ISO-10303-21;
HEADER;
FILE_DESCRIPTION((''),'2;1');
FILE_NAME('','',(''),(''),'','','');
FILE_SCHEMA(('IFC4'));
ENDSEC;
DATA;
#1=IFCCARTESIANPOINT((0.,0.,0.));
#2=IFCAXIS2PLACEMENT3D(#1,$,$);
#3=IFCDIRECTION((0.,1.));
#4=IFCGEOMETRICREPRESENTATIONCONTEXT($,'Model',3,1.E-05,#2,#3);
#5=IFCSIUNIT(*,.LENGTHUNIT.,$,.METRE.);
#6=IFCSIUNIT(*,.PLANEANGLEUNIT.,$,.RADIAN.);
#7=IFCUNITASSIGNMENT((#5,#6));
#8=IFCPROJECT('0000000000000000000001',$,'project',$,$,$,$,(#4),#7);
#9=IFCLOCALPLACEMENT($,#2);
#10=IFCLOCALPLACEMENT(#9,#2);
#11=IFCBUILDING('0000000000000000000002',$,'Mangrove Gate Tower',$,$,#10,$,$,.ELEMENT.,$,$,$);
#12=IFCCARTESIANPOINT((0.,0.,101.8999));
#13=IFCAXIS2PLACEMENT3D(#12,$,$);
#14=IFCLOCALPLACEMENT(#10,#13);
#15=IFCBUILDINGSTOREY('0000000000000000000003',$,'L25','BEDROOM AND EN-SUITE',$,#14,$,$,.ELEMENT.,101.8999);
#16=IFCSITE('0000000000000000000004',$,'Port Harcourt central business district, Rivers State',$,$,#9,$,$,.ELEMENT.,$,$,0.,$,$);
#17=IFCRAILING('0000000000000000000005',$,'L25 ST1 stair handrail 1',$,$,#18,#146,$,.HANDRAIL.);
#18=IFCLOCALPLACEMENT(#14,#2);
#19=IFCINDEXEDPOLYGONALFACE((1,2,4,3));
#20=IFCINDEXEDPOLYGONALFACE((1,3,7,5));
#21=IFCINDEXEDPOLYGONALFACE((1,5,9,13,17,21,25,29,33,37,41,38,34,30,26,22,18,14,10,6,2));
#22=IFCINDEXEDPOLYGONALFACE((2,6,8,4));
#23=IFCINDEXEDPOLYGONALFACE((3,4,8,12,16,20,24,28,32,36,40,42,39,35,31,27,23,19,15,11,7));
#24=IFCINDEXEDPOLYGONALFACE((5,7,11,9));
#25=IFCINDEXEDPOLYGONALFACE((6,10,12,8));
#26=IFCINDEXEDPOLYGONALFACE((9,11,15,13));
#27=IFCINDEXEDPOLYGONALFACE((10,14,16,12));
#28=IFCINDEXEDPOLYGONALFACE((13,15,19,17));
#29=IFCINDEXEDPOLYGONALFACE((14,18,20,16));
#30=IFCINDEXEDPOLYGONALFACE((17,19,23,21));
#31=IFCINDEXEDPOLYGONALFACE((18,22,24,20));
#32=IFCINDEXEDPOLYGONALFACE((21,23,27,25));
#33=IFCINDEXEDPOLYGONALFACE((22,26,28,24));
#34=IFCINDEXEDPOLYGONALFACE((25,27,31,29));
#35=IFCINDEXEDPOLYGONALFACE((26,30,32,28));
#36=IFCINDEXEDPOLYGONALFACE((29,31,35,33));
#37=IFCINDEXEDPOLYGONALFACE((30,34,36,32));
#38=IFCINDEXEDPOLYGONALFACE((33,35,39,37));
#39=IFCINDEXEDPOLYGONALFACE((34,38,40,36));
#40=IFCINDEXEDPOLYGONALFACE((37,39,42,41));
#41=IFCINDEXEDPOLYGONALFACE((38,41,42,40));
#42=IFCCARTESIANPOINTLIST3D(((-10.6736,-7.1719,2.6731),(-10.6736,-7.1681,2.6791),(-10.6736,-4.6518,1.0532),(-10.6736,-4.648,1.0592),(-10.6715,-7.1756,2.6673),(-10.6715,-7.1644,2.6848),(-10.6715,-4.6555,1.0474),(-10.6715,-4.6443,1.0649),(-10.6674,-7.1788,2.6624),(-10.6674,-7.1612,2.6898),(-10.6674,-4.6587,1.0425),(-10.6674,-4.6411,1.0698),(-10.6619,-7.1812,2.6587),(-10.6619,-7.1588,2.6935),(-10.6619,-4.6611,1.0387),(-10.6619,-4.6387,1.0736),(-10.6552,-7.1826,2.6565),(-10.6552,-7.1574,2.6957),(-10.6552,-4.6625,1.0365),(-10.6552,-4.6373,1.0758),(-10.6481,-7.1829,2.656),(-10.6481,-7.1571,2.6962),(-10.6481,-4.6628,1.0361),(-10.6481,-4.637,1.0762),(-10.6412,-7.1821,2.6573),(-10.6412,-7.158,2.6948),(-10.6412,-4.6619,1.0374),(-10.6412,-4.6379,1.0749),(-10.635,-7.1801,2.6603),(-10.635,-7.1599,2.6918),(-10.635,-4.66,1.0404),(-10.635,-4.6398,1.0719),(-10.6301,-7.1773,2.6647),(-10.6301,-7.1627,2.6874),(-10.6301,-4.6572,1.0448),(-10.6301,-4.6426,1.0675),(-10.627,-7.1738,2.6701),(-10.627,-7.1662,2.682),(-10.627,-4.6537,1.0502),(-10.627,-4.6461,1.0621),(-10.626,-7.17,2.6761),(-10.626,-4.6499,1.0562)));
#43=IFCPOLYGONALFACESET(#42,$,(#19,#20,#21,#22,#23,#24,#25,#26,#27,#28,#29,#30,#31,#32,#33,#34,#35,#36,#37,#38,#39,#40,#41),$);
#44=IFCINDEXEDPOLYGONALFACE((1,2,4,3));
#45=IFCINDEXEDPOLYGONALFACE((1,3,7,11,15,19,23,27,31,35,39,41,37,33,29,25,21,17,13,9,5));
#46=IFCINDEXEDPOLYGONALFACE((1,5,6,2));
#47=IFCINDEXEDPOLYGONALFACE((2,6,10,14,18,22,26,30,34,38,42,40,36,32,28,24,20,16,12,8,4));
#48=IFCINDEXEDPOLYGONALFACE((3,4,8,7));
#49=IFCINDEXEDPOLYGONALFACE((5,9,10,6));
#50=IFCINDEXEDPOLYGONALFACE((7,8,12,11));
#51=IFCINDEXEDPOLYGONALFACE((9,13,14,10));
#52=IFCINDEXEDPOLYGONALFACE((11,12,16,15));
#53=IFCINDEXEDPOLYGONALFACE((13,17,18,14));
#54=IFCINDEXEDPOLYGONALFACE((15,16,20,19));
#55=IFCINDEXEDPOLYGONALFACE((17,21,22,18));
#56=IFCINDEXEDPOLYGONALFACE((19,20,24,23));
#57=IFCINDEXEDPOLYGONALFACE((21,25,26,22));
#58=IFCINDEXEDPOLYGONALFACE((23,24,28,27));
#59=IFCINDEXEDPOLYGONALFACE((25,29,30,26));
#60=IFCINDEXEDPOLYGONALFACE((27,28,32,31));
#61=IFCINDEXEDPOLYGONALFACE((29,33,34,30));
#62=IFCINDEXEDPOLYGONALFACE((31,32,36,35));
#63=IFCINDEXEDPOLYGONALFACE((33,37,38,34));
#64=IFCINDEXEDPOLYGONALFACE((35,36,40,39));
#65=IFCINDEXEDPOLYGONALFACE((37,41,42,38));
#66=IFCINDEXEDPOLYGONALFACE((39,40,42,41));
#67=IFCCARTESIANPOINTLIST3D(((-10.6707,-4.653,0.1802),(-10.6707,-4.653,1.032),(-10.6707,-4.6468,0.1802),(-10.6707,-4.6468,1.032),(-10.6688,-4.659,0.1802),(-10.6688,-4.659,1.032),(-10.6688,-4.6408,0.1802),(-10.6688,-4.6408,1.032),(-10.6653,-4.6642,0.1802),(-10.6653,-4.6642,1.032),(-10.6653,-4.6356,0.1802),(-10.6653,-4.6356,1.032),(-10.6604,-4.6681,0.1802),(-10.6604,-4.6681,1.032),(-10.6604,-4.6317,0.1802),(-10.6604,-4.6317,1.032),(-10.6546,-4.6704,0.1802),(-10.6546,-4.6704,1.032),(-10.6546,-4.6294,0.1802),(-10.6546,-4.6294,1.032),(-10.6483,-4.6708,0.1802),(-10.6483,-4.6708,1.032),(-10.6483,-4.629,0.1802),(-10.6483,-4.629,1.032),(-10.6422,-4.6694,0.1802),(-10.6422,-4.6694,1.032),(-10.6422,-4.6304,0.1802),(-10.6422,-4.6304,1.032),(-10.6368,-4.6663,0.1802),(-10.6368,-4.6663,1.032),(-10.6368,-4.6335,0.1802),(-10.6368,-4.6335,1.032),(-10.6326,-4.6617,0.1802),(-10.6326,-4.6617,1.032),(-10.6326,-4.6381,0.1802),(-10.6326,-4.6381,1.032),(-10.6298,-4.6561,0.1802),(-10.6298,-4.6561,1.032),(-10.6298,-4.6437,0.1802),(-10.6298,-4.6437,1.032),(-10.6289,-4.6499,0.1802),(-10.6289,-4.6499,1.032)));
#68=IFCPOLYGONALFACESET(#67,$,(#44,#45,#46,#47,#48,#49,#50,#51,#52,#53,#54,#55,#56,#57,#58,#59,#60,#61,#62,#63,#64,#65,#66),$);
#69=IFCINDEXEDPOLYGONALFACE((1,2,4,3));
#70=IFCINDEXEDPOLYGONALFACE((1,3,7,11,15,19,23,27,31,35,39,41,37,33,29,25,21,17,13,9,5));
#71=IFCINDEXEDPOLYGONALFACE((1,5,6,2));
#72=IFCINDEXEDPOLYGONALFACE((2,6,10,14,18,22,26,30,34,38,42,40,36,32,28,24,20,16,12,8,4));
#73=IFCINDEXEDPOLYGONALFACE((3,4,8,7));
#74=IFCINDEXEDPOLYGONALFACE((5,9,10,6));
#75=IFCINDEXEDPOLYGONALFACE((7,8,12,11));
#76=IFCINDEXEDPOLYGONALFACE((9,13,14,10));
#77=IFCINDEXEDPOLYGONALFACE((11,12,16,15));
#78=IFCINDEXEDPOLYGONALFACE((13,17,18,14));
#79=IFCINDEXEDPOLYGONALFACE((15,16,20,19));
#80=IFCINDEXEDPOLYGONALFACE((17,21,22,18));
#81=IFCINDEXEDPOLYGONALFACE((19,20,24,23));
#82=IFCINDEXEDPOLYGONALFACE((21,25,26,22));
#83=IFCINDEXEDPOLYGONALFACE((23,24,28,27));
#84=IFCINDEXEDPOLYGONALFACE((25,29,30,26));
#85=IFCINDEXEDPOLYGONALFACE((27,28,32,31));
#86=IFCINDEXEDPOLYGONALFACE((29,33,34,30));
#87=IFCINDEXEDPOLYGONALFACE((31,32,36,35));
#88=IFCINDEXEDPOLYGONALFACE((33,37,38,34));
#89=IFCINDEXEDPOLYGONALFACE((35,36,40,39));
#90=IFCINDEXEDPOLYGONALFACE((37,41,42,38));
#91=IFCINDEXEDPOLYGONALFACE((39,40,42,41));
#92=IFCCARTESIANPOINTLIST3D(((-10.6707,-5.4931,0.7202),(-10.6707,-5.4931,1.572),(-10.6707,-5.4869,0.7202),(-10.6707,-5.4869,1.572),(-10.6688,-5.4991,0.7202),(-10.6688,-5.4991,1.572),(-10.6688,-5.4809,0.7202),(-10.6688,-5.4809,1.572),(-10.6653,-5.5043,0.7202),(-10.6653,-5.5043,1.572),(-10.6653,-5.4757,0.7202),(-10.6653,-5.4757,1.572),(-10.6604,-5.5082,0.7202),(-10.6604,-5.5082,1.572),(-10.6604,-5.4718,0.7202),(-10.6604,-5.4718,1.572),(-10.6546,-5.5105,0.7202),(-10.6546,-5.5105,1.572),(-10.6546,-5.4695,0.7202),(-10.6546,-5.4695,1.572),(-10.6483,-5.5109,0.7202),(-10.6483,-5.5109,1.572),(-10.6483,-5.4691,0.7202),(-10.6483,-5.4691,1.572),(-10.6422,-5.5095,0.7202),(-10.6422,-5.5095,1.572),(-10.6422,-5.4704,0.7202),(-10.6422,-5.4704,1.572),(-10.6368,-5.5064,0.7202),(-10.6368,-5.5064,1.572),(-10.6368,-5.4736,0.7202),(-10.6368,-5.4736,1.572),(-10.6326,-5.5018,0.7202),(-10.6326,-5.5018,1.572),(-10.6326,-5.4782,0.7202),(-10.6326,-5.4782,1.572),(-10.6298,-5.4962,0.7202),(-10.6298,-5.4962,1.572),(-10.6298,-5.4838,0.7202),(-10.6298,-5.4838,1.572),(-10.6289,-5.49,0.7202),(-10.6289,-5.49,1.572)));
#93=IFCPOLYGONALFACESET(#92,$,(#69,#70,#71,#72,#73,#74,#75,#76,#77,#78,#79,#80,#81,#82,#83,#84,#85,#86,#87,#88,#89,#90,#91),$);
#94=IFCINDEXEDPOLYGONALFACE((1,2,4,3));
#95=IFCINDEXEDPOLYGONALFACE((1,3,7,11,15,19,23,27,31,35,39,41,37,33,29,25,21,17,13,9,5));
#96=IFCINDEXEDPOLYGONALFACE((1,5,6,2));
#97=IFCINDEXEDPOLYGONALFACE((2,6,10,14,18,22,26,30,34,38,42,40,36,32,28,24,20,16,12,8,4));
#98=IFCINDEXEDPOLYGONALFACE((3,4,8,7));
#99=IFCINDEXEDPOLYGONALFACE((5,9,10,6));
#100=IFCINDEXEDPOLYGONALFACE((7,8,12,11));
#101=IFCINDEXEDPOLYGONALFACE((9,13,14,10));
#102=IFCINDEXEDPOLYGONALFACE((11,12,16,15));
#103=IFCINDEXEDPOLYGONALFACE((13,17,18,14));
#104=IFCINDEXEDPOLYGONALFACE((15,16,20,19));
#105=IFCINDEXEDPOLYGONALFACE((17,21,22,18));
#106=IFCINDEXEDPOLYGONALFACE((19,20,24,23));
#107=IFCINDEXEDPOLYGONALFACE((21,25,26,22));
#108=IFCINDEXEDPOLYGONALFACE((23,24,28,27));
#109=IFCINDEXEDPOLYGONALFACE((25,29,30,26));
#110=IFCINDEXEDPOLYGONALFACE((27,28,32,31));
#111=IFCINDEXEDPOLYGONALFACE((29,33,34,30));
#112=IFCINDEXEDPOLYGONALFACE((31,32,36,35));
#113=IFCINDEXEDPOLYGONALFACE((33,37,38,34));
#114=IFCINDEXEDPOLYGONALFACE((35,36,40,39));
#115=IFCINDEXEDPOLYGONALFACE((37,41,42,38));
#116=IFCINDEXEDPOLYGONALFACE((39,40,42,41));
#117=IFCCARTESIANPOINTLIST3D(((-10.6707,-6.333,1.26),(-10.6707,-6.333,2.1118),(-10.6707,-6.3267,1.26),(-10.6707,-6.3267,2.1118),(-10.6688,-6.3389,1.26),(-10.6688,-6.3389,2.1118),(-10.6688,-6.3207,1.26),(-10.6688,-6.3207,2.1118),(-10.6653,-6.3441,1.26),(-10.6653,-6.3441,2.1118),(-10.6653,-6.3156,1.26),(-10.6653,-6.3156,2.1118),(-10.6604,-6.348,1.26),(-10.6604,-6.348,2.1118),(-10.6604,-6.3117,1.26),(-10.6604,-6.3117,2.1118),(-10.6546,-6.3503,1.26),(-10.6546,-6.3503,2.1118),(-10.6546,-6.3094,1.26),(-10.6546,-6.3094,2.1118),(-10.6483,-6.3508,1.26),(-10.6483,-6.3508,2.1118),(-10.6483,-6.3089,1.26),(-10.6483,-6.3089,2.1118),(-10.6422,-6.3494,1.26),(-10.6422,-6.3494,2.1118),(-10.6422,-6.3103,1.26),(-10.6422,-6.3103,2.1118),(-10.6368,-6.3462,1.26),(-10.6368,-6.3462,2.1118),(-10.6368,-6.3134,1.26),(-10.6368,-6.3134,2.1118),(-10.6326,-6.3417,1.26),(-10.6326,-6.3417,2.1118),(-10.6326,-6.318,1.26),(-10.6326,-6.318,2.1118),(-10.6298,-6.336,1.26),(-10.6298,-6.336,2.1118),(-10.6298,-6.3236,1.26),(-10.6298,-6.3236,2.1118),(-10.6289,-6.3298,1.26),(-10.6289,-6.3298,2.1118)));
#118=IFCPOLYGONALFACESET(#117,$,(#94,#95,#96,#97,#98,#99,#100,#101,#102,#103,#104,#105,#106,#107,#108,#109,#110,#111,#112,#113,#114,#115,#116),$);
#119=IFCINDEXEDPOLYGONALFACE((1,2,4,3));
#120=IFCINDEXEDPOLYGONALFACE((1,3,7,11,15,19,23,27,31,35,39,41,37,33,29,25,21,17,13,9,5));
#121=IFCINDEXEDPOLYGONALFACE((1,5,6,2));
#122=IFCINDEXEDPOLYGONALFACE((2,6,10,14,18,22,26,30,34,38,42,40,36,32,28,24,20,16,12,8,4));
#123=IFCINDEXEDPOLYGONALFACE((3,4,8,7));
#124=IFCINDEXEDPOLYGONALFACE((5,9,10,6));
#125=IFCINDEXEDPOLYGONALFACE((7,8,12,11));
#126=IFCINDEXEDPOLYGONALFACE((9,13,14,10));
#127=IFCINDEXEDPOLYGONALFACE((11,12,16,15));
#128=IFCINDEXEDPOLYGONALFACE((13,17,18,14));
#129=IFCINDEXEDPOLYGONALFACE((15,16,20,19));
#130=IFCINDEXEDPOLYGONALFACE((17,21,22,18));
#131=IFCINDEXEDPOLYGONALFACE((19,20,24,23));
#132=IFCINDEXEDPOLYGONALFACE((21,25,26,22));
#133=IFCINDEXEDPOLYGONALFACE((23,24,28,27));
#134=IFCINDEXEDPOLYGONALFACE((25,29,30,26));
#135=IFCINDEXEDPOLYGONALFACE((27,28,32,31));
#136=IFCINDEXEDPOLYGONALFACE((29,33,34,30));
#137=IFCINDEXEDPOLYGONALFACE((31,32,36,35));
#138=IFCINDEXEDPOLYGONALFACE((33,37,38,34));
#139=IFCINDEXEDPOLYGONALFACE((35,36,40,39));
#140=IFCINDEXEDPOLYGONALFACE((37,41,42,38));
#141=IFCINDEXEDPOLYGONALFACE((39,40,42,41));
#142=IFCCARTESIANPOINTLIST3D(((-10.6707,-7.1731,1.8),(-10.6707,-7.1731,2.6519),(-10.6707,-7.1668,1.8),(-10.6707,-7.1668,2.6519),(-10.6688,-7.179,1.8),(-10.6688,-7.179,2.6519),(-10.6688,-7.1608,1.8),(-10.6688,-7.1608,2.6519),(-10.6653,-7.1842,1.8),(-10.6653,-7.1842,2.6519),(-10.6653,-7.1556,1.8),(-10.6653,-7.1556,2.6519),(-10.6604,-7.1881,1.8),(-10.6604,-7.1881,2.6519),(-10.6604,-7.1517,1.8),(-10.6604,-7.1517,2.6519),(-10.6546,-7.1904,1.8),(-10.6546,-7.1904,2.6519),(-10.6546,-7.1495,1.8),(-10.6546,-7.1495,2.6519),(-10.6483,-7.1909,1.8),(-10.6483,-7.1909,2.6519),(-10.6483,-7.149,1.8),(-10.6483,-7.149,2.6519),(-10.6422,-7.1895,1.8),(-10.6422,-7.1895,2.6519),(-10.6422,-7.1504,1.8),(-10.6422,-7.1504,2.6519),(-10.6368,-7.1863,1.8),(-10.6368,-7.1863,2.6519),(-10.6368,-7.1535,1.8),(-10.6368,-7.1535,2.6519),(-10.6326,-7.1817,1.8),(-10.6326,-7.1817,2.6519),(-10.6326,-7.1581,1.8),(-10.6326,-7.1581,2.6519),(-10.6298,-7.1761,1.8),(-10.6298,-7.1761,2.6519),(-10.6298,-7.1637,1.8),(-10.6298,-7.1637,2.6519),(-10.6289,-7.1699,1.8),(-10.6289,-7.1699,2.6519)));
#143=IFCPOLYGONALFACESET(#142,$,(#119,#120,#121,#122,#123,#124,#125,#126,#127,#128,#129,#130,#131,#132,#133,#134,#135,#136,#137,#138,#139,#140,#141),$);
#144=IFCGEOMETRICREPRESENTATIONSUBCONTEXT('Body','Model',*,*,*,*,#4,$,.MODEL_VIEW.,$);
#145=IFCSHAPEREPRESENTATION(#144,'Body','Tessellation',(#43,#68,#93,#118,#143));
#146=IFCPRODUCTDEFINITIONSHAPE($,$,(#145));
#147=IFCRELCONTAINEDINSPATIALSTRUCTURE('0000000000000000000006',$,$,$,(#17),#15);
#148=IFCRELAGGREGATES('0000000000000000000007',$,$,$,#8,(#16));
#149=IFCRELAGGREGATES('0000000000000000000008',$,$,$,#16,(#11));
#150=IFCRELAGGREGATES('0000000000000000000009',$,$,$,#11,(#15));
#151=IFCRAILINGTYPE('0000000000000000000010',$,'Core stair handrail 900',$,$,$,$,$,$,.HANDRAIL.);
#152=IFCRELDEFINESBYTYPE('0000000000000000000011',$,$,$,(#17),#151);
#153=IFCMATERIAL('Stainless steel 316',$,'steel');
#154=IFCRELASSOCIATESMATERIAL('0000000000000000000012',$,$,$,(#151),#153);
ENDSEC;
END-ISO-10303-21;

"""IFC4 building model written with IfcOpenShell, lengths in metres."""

from ifc_helpers import new_model, si_unit, direction, frame, origin, origin_2d, place, context, subcontext, project, spatial, circle, extrude, material, type_object, element, save


model = new_model("IFC4")

# Units and contexts
model_context = context("Model", 3, precision=1e-05, world=origin(), true_north=direction((0.0, 1.0)))
body_context = subcontext(model_context, "Body", "Model", "MODEL_VIEW")
ifc_project = project(units=[si_unit("LENGTHUNIT", "METRE"), si_unit("PLANEANGLEUNIT", "RADIAN")], contexts=[model_context])

# Site, building, storey
site_placement = place(None, origin())
site = spatial("IfcSite", under=ifc_project, at=site_placement, Name="Port Harcourt central business district, Rivers State", CompositionType="ELEMENT", RefElevation=0.0)
building_placement = place(site_placement, origin())
building = spatial("IfcBuilding", under=site, at=building_placement, Name="Mangrove Gate Tower", CompositionType="ELEMENT")
storey_placement = place(building_placement, frame((0.0, 0.0, 101.8999)))
storey = spatial("IfcBuildingStorey", under=building, at=storey_placement, Name="L25", Description="BEDROOM AND EN-SUITE", CompositionType="ELEMENT", Elevation=101.8999)

# Railing
ifc_material_1 = material(Name="Stainless steel 316", Category="steel")
railing_type_1 = type_object("IfcRailingType", Name="Core stair handrail 900", PredefinedType="HANDRAIL", material=ifc_material_1)
railing_1_placement = place(storey_placement, frame((-10.6499, -4.6499, 0.1802)))
element("IfcRailing", 1, at=railing_1_placement, inside=storey, type_object=railing_type_1, Name="L25 ST1 stair handrail 1", PredefinedType="HANDRAIL", context=body_context, shape_type="SweptSolid", body=[
    extrude(circle(Radius=0.0239, at=origin_2d()), frame((0.0, 0.0, 0.876), z_axis=(0.0, -0.8412, 0.540725), x_axis=(1.0, 0.0, 0.0)), (0.0, 0.0, 1.0), 2.9958),
    extrude(circle(Radius=0.021, at=origin_2d()), origin(), (0.0, 0.0, 1.0), 0.8518),
    extrude(circle(Radius=0.021, at=origin_2d()), frame((0.0, -0.8401, 0.54)), (0.0, 0.0, 1.0), 0.8518),
    extrude(circle(Radius=0.021, at=origin_2d()), frame((0.0, -1.6799, 1.0798)), (0.0, 0.0, 1.0), 0.8518),
    extrude(circle(Radius=0.021, at=origin_2d()), frame((0.0, -2.52, 1.6199)), (0.0, 0.0, 1.0), 0.8518),
])

save(model, "model.ifc")
